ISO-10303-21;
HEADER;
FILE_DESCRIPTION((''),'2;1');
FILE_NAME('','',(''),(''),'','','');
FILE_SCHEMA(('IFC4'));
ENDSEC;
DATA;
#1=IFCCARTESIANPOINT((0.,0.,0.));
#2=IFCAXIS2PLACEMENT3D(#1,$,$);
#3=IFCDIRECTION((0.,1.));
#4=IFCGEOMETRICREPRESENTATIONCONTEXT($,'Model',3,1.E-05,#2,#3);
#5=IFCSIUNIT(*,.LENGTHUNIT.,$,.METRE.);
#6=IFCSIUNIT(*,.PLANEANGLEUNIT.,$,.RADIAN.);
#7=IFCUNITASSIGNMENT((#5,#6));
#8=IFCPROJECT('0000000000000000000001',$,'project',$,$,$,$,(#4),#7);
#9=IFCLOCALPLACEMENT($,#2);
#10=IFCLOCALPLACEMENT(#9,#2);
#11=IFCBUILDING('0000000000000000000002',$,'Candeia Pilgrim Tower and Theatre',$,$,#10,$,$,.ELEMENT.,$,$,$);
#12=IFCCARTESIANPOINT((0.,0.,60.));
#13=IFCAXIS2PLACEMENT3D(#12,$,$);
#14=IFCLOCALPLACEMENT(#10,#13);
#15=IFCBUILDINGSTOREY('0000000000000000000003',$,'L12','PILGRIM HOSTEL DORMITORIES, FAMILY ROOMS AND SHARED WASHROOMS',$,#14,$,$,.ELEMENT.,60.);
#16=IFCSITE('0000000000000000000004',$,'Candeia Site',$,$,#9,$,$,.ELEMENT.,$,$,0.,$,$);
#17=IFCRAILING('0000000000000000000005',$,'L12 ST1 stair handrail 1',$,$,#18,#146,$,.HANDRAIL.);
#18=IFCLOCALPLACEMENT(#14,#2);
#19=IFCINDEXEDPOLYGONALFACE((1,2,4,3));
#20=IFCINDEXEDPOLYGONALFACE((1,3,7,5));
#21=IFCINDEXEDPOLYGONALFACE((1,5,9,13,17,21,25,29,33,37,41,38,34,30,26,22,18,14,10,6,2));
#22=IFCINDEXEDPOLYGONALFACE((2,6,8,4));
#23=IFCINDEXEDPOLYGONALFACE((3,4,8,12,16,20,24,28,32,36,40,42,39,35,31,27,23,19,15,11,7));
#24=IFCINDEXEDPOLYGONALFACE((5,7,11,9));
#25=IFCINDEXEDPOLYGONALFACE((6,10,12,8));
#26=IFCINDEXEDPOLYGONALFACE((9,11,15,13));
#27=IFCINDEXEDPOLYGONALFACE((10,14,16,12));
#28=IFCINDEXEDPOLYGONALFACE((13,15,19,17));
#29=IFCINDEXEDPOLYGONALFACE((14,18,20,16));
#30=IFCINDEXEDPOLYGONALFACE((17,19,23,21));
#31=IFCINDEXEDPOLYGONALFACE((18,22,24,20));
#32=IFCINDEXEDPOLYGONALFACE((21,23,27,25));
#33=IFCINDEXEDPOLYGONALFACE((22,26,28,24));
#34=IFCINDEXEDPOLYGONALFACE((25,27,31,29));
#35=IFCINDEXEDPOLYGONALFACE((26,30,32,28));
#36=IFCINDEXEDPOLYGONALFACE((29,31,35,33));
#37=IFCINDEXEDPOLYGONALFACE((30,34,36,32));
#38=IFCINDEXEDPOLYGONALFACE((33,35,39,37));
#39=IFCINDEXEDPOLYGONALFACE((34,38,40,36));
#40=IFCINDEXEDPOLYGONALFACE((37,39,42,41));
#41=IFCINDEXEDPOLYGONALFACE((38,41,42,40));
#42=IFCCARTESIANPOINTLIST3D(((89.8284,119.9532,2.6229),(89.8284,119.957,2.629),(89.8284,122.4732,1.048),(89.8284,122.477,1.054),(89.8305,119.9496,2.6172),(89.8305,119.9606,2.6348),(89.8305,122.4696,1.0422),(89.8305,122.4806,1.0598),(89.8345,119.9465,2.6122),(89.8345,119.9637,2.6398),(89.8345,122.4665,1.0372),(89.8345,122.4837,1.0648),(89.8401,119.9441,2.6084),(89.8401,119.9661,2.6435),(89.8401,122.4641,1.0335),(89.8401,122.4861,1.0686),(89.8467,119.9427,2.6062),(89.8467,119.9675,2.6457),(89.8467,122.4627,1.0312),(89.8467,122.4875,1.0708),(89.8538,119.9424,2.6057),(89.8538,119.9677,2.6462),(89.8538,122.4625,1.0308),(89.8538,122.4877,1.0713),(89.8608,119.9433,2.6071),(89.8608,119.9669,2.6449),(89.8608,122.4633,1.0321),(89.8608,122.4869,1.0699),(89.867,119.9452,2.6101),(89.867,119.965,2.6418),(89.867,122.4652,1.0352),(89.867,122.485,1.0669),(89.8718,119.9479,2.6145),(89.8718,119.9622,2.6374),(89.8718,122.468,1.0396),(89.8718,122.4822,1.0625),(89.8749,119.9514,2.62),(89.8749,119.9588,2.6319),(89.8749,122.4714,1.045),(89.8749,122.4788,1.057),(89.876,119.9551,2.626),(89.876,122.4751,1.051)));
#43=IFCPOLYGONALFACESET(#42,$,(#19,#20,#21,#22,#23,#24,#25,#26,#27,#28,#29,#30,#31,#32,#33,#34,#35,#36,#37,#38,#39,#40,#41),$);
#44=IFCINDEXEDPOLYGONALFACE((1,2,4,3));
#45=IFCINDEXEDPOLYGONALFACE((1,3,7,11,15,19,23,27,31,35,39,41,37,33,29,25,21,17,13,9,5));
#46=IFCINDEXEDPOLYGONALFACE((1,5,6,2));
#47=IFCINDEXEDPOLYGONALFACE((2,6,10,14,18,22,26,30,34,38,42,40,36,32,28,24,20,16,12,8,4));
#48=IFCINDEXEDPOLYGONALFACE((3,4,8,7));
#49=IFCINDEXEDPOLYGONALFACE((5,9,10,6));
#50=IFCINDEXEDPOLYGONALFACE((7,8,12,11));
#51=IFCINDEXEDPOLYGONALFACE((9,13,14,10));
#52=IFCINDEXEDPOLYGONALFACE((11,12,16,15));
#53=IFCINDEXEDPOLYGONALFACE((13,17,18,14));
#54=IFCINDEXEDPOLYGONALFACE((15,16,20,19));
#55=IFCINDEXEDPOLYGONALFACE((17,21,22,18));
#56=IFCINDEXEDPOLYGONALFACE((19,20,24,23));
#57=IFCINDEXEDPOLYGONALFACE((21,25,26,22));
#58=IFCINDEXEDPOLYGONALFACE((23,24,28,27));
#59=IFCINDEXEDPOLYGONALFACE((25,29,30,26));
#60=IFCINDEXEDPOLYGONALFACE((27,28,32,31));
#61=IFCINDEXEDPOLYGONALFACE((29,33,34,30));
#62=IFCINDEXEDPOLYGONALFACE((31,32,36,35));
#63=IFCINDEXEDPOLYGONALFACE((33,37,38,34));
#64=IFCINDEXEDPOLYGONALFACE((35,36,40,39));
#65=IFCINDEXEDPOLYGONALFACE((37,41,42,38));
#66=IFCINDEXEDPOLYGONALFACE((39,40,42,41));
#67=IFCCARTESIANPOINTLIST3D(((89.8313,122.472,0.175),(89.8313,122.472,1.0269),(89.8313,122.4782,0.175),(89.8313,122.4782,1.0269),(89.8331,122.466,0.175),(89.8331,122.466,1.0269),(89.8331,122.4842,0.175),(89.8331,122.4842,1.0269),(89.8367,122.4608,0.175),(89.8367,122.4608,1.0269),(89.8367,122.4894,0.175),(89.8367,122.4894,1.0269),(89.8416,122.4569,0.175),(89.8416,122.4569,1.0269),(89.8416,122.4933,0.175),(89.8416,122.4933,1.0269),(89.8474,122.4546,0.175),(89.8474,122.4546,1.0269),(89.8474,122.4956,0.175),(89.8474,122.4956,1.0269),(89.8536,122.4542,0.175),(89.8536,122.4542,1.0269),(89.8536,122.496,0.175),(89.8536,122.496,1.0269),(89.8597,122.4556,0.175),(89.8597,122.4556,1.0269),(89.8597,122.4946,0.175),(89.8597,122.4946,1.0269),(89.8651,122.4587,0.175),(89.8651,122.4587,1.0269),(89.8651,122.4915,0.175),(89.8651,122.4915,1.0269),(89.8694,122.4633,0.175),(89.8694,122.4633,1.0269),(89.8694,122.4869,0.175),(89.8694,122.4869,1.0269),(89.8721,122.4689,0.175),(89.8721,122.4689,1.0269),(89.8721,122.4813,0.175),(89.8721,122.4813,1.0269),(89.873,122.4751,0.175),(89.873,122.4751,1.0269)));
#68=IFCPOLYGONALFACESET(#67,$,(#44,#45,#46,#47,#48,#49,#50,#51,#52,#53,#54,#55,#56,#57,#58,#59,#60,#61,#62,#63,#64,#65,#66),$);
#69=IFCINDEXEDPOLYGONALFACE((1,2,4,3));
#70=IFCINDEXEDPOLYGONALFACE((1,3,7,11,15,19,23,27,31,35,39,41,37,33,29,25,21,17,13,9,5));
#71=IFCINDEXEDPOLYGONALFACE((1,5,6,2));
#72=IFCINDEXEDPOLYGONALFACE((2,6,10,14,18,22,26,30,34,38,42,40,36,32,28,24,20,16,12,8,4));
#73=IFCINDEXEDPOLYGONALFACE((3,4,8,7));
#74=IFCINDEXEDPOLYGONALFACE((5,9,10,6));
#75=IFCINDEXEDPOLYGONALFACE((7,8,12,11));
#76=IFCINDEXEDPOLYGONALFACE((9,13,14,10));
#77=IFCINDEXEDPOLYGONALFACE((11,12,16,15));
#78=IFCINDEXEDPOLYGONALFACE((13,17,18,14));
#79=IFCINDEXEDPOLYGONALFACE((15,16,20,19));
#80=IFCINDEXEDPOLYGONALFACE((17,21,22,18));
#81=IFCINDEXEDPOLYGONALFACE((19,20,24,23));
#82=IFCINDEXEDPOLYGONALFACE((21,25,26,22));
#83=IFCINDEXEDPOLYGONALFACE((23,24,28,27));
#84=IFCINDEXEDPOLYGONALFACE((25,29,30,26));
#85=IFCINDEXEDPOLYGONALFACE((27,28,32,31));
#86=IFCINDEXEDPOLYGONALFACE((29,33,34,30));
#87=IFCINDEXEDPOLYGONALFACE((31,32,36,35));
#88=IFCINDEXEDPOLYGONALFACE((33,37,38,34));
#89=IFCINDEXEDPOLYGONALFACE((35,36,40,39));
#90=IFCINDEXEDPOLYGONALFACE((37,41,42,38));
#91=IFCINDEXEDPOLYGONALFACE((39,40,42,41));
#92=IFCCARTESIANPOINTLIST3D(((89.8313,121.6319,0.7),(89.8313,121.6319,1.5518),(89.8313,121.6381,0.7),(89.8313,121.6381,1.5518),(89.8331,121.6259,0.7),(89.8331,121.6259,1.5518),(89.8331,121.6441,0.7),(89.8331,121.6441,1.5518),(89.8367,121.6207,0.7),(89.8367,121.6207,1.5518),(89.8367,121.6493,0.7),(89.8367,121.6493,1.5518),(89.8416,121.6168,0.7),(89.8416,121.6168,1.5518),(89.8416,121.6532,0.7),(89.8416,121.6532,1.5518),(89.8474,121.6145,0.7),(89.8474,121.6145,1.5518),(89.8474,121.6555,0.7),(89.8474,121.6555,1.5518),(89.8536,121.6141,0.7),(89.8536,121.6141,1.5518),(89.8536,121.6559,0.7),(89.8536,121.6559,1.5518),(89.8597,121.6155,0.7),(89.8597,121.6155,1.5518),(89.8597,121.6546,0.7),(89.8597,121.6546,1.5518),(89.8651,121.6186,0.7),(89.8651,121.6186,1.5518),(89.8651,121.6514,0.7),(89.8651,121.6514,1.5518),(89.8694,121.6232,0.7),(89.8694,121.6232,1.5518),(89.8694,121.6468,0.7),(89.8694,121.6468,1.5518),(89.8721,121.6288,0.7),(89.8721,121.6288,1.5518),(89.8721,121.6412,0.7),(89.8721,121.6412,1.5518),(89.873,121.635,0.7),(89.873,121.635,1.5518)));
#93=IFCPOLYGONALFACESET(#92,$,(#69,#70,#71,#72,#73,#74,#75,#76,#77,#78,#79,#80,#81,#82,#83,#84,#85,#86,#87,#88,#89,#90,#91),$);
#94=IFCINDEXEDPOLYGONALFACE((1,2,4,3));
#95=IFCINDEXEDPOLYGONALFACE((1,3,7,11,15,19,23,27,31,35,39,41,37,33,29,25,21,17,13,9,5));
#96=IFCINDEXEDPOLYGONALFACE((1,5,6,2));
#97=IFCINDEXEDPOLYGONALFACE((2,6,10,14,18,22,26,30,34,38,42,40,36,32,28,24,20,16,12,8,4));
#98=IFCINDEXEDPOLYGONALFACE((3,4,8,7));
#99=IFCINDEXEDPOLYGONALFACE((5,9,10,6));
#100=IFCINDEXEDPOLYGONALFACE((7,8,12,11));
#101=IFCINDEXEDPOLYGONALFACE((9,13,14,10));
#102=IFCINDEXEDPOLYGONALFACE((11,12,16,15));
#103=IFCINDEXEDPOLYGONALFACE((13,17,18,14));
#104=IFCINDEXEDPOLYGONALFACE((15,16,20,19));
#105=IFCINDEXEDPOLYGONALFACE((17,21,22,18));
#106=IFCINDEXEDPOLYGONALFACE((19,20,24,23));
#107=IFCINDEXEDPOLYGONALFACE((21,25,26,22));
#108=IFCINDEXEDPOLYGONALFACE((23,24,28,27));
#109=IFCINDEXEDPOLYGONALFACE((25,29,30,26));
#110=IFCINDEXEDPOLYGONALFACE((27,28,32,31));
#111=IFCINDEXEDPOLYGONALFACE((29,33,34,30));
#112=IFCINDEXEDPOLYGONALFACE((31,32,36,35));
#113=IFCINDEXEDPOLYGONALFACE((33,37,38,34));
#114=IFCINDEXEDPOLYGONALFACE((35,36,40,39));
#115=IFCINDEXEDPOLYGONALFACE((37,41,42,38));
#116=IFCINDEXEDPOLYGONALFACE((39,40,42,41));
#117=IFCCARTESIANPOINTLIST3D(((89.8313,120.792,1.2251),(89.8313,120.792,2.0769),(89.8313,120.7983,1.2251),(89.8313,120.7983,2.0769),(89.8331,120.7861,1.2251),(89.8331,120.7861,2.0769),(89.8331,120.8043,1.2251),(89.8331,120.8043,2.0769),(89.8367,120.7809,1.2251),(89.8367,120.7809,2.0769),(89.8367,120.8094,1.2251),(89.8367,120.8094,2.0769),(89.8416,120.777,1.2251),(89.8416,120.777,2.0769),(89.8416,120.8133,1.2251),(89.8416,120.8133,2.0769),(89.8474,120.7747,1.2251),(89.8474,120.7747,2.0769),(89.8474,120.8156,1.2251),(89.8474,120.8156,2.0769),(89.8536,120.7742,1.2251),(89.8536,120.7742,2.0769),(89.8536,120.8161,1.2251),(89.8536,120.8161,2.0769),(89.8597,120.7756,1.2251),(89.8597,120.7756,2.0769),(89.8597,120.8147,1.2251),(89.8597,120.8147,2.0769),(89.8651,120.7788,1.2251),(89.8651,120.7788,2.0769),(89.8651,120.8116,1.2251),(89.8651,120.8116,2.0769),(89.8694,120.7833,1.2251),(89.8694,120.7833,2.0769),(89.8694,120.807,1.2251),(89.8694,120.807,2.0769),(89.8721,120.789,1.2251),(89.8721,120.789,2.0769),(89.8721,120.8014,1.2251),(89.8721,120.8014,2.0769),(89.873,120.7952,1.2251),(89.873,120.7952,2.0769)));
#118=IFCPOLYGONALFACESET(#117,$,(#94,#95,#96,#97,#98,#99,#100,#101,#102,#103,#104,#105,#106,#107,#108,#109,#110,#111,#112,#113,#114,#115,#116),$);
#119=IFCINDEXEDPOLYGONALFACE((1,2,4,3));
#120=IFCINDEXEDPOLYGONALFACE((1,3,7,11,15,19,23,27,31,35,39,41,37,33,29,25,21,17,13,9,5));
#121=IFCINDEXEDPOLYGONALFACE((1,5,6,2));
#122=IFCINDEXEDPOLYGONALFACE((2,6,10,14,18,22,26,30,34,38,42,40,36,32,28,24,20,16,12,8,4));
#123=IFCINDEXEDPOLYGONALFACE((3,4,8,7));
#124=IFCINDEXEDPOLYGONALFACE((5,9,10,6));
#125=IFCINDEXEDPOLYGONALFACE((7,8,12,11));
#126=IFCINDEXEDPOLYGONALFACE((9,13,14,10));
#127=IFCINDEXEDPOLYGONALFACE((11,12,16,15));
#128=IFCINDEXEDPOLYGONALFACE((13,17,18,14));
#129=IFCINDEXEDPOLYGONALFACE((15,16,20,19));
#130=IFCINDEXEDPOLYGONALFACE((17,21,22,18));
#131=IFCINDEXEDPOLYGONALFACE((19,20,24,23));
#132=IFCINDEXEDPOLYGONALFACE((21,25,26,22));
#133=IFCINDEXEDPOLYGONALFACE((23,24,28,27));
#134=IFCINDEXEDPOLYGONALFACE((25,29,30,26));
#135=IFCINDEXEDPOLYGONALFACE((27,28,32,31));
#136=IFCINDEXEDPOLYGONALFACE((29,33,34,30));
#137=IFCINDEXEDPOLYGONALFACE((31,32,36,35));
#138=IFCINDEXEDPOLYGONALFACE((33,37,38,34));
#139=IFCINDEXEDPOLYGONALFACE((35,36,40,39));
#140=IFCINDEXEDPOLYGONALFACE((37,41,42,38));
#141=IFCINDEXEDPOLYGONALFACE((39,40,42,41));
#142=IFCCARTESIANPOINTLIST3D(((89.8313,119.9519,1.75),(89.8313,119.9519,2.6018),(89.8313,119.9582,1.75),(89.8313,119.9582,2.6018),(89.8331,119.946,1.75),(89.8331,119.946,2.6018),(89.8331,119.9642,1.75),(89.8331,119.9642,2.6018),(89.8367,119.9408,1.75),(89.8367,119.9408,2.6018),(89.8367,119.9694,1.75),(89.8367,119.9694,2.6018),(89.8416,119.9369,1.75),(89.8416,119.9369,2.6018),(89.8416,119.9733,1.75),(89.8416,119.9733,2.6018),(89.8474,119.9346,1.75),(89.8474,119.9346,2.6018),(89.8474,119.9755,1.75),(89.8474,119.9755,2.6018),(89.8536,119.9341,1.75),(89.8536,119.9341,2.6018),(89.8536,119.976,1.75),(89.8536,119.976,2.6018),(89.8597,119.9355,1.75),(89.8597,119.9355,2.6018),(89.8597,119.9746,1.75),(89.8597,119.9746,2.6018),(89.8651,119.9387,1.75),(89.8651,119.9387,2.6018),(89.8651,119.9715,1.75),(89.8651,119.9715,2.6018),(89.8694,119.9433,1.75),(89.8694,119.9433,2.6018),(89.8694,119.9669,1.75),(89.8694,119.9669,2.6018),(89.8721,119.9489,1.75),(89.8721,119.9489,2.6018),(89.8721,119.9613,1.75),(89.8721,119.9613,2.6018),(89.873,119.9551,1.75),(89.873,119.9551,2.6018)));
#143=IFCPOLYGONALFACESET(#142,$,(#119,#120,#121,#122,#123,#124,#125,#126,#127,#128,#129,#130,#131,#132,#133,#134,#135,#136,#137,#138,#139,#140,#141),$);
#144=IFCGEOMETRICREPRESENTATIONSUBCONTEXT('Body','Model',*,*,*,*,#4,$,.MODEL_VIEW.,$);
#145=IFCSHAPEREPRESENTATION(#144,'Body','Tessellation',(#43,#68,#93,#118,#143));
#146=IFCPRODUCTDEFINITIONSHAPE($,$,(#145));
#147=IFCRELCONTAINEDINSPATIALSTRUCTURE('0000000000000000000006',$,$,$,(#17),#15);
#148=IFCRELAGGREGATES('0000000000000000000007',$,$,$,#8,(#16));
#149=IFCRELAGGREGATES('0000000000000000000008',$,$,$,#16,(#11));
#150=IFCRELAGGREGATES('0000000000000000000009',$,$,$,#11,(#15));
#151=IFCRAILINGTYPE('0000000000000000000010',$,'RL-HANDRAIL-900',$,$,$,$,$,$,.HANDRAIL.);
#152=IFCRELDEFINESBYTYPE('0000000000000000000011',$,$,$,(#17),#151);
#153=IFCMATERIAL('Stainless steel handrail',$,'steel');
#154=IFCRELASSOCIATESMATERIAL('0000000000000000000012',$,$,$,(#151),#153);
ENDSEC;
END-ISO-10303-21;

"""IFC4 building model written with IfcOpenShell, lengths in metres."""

from ifc_helpers import new_model, si_unit, direction, frame, origin, origin_2d, place, context, subcontext, project, spatial, circle, extrude, material, type_object, element, save


model = new_model("IFC4")

# Units and contexts
model_context = context("Model", 3, precision=1e-05, world=origin(), true_north=direction((0.0, 1.0)))
body_context = subcontext(model_context, "Body", "Model", "MODEL_VIEW")
ifc_project = project(units=[si_unit("LENGTHUNIT", "METRE"), si_unit("PLANEANGLEUNIT", "RADIAN")], contexts=[model_context])

# Site, building, storey
site_placement = place(None, origin())
site = spatial("IfcSite", under=ifc_project, at=site_placement, Name="Candeia Site", CompositionType="ELEMENT", RefElevation=0.0)
building_placement = place(site_placement, origin())
building = spatial("IfcBuilding", under=site, at=building_placement, Name="Candeia Pilgrim Tower and Theatre", CompositionType="ELEMENT")
storey_placement = place(building_placement, frame((0.0, 0.0, 60.0)))
storey = spatial("IfcBuildingStorey", under=building, at=storey_placement, Name="L12", Description="PILGRIM HOSTEL DORMITORIES, FAMILY ROOMS AND SHARED WASHROOMS", CompositionType="ELEMENT", Elevation=60.0)

# Railing
ifc_material_1 = material(Name="Stainless steel handrail", Category="steel")
railing_type_1 = type_object("IfcRailingType", Name="RL-HANDRAIL-900", PredefinedType="HANDRAIL", material=ifc_material_1)
railing_1_placement = place(storey_placement, frame((89.8521, 122.4751, 0.175)))
element("IfcRailing", 1, at=railing_1_placement, inside=storey, type_object=railing_type_1, Name="L12 ST1 stair handrail 1", PredefinedType="HANDRAIL", context=body_context, shape_type="SweptSolid", body=[
    extrude(circle(Radius=0.0239, at=origin_2d()), frame((0.0, 0.0, 0.876), z_axis=(0.0, -0.848008, 0.529984), x_axis=(1.0, 0.0, 0.0)), (0.0, 0.0, 1.0), 2.9717),
    extrude(circle(Radius=0.021, at=origin_2d()), origin(), (0.0, 0.0, 1.0), 0.8518),
    extrude(circle(Radius=0.021, at=origin_2d()), frame((0.0, -0.8401, 0.5249)), (0.0, 0.0, 1.0), 0.8518),
    extrude(circle(Radius=0.021, at=origin_2d()), frame((0.0, -1.6799, 1.05)), (0.0, 0.0, 1.0), 0.8518),
    extrude(circle(Radius=0.021, at=origin_2d()), frame((0.0, -2.52, 1.575)), (0.0, 0.0, 1.0), 0.8518),
])

save(model, "model.ifc")
